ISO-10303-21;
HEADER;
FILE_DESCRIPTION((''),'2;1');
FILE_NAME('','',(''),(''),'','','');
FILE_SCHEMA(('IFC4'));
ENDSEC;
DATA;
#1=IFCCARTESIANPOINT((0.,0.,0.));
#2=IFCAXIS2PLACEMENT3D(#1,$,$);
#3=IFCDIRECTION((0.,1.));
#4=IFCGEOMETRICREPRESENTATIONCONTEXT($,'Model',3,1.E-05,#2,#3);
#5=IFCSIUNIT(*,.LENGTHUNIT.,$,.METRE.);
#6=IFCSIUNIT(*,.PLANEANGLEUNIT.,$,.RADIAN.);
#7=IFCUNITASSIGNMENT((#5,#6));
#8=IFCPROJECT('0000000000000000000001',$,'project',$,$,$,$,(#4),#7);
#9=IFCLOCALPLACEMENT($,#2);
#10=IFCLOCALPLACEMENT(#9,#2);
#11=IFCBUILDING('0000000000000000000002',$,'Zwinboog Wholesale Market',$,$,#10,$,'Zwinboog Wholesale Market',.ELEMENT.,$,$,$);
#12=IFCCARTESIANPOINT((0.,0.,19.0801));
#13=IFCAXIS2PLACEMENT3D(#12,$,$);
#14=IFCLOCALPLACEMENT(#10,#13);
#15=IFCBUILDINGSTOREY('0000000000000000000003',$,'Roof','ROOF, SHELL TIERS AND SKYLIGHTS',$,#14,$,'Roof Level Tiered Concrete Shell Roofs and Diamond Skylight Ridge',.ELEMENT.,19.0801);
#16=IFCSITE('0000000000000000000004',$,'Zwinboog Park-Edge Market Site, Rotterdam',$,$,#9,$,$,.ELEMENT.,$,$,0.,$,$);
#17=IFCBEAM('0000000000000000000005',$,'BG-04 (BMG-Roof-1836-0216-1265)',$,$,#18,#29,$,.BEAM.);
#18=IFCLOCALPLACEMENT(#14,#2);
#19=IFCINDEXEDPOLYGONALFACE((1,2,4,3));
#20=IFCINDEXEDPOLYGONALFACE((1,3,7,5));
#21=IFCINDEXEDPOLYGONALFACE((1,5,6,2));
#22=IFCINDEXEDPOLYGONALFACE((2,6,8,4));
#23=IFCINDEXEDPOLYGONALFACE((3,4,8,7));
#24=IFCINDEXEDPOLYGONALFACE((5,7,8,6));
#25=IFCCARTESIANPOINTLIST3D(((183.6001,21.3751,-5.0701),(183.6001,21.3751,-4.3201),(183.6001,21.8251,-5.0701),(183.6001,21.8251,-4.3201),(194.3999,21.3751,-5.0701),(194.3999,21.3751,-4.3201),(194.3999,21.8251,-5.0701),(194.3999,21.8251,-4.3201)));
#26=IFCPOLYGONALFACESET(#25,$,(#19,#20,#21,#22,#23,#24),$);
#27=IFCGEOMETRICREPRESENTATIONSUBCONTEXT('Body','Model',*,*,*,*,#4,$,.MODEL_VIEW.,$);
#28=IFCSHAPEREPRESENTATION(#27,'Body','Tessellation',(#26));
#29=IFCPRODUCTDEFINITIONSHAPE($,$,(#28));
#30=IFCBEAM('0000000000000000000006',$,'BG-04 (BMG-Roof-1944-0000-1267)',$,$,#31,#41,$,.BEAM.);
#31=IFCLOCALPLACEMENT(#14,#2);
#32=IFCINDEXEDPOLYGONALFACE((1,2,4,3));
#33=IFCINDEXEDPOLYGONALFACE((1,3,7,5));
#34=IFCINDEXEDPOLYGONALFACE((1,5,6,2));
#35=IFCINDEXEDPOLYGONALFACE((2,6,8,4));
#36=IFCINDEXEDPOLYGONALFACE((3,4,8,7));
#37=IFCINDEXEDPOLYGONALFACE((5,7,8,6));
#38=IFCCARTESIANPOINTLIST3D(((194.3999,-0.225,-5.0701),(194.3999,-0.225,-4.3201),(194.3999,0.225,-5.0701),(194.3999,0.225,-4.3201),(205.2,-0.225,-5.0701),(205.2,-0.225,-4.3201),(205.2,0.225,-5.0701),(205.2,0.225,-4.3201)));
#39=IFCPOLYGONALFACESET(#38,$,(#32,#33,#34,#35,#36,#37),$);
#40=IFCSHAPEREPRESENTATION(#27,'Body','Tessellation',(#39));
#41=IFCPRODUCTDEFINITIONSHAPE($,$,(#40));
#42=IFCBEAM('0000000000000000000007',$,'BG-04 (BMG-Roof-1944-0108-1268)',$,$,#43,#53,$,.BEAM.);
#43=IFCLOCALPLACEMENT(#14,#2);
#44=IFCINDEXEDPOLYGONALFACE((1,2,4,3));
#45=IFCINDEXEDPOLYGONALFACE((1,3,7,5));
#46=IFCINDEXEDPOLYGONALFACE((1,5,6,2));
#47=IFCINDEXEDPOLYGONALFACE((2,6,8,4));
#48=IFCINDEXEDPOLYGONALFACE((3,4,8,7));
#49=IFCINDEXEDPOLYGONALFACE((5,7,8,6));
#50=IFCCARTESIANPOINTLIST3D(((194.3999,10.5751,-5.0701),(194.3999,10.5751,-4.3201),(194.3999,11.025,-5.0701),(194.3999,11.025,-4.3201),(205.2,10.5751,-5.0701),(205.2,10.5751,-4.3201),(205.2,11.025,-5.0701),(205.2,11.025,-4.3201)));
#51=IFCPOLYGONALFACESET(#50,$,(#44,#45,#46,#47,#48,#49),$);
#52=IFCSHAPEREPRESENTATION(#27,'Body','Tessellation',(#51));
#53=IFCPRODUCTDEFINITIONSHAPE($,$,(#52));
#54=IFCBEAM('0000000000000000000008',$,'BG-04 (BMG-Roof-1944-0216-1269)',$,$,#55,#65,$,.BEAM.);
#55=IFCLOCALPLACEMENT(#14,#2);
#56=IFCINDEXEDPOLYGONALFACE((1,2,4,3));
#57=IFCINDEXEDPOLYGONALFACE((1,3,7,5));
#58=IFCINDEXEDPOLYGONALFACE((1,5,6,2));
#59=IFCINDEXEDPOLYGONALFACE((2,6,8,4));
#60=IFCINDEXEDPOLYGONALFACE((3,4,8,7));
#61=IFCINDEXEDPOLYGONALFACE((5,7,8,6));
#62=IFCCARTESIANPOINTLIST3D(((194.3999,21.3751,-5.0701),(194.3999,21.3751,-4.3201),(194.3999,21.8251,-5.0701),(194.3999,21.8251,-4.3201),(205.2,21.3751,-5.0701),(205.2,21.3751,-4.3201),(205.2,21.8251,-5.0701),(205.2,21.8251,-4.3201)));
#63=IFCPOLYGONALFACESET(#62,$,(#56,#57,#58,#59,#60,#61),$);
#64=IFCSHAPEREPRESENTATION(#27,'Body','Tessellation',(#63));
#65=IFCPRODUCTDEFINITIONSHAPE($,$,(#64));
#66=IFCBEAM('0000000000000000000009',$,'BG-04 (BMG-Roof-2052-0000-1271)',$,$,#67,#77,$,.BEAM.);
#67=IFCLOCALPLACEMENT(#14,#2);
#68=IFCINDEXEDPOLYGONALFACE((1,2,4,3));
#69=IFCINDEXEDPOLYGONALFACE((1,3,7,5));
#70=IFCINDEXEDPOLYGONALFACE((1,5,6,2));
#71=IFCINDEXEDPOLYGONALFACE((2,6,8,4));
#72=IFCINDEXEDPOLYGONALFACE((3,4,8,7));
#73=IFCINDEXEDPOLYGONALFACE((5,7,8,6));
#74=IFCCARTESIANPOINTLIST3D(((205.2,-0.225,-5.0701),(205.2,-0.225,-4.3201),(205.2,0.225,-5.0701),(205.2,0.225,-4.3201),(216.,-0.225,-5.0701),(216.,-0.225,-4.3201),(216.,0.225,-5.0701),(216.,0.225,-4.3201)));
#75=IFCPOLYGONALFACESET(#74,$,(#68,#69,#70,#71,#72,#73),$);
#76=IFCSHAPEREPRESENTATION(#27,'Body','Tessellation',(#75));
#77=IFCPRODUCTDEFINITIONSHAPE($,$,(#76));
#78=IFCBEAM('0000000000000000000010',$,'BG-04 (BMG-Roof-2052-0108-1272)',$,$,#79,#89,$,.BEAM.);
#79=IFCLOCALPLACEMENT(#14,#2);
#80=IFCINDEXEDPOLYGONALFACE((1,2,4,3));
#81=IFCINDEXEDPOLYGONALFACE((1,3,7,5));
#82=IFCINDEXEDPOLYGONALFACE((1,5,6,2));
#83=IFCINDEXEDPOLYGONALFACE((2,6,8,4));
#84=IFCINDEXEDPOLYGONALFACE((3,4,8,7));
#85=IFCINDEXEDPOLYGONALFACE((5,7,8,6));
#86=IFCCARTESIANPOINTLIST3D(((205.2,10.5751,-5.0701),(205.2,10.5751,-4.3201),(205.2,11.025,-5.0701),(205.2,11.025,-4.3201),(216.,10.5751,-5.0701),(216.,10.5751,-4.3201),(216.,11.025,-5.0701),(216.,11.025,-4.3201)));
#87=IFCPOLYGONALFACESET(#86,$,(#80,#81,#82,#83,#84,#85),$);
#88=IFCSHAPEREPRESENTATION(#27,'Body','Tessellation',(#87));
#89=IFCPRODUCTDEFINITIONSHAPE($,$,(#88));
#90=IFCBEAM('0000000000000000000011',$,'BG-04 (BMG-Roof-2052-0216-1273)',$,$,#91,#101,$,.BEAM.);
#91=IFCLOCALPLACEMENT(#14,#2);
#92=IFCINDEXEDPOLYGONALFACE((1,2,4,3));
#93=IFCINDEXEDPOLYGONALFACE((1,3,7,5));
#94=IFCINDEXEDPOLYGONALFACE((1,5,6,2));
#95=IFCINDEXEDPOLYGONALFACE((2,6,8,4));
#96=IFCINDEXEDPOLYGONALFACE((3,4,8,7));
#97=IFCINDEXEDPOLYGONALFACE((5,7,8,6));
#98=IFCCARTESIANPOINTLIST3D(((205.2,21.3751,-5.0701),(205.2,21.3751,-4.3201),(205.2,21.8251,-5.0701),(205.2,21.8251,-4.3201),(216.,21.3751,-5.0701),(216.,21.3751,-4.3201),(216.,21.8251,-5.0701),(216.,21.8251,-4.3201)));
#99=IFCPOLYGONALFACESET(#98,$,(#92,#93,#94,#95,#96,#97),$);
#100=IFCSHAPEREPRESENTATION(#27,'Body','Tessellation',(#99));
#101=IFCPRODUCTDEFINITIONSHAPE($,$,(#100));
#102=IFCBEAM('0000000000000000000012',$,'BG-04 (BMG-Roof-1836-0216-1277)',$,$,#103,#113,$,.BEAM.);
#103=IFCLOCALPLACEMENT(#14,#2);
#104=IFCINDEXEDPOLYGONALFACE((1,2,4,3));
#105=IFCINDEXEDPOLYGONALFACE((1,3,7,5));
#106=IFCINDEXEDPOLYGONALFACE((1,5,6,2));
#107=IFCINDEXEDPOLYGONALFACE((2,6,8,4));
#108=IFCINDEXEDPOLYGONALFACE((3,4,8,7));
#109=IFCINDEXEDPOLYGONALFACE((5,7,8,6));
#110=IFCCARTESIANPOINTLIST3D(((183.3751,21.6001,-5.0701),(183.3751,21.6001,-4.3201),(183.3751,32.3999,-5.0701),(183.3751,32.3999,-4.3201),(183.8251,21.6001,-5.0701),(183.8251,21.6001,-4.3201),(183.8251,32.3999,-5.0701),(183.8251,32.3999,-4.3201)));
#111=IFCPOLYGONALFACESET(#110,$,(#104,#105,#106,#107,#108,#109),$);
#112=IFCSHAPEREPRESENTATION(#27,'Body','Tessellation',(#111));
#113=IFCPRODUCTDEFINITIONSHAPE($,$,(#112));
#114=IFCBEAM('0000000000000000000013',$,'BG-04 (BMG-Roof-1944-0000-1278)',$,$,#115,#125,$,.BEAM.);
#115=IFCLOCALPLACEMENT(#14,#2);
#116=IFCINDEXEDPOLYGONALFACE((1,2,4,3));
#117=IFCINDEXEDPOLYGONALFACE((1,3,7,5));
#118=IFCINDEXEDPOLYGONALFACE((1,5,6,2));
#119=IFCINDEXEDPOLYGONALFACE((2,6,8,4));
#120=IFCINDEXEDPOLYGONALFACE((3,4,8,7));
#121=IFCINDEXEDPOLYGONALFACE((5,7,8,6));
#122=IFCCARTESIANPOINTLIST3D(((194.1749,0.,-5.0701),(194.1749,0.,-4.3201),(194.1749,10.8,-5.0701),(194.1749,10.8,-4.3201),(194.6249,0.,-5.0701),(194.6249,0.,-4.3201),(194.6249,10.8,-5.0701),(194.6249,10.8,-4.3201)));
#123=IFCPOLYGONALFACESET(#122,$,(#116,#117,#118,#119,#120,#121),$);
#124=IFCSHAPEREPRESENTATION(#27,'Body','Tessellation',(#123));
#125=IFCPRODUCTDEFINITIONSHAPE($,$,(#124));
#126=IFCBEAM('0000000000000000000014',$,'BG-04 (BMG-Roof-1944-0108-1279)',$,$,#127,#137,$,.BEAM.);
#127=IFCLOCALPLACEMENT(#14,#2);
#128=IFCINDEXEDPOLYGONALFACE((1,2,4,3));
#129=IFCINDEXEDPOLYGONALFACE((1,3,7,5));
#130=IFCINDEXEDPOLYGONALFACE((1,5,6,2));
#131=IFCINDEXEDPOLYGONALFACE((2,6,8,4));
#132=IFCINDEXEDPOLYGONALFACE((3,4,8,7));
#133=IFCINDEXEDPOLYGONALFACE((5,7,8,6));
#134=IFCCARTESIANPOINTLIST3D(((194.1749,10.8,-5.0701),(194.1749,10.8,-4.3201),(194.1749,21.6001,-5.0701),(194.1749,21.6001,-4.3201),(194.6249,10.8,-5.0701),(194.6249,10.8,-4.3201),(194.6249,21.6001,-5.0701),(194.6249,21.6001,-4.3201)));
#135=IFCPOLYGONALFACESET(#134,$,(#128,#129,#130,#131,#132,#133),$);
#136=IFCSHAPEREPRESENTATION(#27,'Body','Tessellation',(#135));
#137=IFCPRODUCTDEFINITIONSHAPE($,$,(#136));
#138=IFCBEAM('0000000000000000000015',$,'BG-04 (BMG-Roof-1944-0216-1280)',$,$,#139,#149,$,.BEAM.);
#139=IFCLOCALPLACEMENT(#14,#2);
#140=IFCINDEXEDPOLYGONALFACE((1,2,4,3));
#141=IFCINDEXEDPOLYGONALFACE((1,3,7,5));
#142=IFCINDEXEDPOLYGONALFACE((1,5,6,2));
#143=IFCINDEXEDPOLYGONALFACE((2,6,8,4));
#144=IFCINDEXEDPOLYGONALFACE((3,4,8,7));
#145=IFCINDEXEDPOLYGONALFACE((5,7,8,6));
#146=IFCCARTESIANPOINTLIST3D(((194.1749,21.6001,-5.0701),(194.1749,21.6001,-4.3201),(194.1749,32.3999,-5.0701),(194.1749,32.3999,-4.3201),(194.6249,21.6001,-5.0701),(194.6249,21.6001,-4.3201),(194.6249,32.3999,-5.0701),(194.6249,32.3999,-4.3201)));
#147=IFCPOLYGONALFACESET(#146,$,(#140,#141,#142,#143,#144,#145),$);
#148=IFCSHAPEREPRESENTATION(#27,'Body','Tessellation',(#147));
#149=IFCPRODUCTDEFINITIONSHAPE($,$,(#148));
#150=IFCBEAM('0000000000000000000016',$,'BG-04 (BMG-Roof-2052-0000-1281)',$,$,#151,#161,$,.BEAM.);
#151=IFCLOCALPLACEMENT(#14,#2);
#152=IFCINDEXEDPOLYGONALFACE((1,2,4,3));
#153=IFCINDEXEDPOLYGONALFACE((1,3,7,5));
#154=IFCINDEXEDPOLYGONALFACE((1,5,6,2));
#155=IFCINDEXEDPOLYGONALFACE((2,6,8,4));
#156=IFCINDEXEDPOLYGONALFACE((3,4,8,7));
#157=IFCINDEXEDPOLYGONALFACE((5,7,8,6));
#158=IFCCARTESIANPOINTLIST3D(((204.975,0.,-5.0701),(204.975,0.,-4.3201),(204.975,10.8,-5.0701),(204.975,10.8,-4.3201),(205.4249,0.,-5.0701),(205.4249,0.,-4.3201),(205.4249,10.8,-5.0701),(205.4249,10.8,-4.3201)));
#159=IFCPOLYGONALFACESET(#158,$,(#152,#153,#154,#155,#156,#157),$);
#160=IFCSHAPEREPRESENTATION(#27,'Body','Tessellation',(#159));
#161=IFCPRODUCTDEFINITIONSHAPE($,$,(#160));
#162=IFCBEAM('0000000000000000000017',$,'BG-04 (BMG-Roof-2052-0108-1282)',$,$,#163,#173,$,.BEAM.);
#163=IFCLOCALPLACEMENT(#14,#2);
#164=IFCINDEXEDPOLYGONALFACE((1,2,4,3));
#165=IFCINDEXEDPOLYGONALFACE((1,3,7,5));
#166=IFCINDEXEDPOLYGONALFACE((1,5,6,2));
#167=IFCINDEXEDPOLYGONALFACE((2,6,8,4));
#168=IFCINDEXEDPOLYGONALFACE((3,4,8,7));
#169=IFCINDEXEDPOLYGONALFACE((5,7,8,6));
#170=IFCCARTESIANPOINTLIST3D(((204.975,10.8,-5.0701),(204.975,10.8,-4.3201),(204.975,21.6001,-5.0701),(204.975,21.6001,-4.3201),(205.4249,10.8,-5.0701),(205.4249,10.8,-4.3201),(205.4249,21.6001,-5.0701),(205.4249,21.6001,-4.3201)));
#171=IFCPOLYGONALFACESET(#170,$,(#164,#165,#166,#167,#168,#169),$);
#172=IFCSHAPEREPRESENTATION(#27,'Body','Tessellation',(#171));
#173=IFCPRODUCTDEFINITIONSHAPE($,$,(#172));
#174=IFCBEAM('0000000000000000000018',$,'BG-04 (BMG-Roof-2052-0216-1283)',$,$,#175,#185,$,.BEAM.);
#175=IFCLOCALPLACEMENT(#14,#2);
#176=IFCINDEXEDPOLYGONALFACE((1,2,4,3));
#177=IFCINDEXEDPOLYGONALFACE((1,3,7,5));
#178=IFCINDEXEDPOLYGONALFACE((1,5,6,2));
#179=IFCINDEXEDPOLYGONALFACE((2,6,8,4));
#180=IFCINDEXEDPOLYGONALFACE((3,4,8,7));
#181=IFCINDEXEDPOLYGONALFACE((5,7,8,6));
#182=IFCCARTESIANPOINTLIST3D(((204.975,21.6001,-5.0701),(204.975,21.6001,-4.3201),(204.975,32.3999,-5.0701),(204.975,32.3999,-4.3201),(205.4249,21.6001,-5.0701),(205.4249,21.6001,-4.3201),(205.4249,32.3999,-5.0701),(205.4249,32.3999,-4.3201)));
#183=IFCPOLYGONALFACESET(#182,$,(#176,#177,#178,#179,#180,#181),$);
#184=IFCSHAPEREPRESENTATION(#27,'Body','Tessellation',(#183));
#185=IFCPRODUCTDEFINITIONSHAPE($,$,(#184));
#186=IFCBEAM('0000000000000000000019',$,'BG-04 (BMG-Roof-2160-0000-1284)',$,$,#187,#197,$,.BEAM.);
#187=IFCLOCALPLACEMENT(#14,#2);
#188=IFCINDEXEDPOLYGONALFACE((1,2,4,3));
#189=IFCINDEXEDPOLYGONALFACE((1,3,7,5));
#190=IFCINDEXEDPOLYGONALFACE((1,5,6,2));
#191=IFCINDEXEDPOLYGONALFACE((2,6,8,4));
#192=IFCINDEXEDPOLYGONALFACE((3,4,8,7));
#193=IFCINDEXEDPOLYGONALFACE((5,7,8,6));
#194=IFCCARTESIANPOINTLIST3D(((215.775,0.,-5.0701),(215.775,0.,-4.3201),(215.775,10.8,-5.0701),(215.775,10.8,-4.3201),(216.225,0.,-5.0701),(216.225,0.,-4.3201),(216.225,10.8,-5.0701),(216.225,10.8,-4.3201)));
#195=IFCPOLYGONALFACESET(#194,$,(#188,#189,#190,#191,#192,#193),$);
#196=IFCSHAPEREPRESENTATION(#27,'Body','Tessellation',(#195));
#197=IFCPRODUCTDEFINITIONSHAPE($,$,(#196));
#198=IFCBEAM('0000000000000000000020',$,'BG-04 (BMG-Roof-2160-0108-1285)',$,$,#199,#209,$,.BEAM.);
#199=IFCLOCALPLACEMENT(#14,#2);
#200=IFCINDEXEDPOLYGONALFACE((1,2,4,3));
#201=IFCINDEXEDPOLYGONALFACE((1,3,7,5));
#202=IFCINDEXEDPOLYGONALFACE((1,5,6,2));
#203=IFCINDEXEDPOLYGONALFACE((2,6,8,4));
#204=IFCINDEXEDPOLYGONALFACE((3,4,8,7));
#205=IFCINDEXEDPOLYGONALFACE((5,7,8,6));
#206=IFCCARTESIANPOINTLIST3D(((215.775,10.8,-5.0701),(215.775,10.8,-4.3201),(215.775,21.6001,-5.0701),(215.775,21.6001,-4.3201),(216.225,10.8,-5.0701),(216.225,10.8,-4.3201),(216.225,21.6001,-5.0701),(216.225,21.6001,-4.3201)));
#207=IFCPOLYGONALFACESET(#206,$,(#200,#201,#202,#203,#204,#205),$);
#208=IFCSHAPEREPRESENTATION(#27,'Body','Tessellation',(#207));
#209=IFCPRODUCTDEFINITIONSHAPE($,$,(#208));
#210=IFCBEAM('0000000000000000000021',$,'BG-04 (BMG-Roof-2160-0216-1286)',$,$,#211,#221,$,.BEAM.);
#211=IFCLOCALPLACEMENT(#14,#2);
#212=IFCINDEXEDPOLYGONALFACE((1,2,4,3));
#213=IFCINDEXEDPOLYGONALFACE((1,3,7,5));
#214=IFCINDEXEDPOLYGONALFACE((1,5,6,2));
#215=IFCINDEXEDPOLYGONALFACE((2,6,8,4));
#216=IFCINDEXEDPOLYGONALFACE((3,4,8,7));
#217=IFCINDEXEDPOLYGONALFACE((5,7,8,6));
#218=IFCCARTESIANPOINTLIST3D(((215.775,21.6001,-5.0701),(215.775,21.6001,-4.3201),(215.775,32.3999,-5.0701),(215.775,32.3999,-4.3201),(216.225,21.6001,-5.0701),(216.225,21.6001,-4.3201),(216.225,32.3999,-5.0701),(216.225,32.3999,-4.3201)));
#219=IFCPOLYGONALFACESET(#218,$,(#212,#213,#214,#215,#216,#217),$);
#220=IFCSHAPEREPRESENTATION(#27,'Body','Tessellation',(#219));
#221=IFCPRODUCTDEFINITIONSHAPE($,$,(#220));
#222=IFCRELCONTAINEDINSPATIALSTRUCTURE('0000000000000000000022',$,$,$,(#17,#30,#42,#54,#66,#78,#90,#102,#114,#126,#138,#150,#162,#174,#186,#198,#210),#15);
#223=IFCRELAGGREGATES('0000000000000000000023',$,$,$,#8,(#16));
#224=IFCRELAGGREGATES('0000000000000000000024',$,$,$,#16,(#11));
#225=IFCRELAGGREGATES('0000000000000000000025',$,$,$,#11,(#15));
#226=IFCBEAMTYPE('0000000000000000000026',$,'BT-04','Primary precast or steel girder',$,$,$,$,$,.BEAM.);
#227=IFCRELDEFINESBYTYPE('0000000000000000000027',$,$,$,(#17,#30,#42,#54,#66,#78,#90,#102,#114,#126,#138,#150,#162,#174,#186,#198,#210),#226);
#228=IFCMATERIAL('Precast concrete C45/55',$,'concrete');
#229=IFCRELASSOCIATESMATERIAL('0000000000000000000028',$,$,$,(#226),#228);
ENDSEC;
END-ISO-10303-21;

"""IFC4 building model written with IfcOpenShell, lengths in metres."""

from ifc_helpers import new_model, si_unit, direction, frame, origin, origin_2d, place, context, subcontext, project, spatial, rectangle, extrude, material, material_profile, profile_set, type_object, element, save


model = new_model("IFC4")

# Units and contexts
model_context = context("Model", 3, precision=1e-05, world=origin(), true_north=direction((0.0, 1.0)))
body_context = subcontext(model_context, "Body", "Model", "MODEL_VIEW")
ifc_project = project(units=[si_unit("LENGTHUNIT", "METRE"), si_unit("PLANEANGLEUNIT", "RADIAN")], contexts=[model_context])

# Site, building, storey
site_placement = place(None, origin())
site = spatial("IfcSite", under=ifc_project, at=site_placement, Name="Zwinboog Park-Edge Market Site, Rotterdam", CompositionType="ELEMENT", RefElevation=0.0)
building_placement = place(site_placement, origin())
building = spatial("IfcBuilding", under=site, at=building_placement, Name="Zwinboog Wholesale Market", LongName="Zwinboog Wholesale Market", CompositionType="ELEMENT")
storey_placement = place(building_placement, frame((0.0, 0.0, 19.0801)))
storey = spatial("IfcBuildingStorey", under=building, at=storey_placement, Name="Roof", Description="ROOF, SHELL TIERS AND SKYLIGHTS", LongName="Roof Level Tiered Concrete Shell Roofs and Diamond Skylight Ridge", CompositionType="ELEMENT", Elevation=19.0801)

# Beams
ifc_material_1 = material(Name="Precast concrete C45/55", Category="concrete")
ifc_material_profile_1 = material_profile(ifc_material_1, rectangle(XDim=0.45, YDim=0.75, at=origin_2d()), Name="PC 450x750")
ifc_profile_set_1 = profile_set([ifc_material_profile_1], Name="Precast concrete C45/55")
beam_type_1 = type_object("IfcBeamType", Name="BT-04", Description="Primary precast or steel girder", PredefinedType="BEAM", material=ifc_profile_set_1)
beam_1_placement = place(storey_placement, frame((183.6001, 21.6001, -4.6951), z_axis=(1.0, 0.0, 0.0), x_axis=(0.0, 1.0, 0.0)))
element("IfcBeam", 1, at=beam_1_placement, inside=storey, type_object=beam_type_1, Name="BG-04 (BMG-Roof-1836-0216-1265)", PredefinedType="BEAM", context=body_context, shape_type="SweptSolid", body=[
    extrude(rectangle(XDim=0.45, YDim=0.75, at=origin_2d()), origin(), (0.0, 0.0, 1.0), 10.7998),
])
for number, where, z_axis, x_axis, name in (
    (2, (194.3999, 0.0, -4.6951), (1.0, 0.0, 0.0), (0.0, 1.0, 0.0), "BG-04 (BMG-Roof-1944-0000-1267)"),
    (3, (194.3999, 10.8, -4.6951), (1.0, 0.0, 0.0), (0.0, 1.0, 0.0), "BG-04 (BMG-Roof-1944-0108-1268)"),
    (4, (194.3999, 21.6001, -4.6951), (1.0, 0.0, 0.0), (0.0, 1.0, 0.0), "BG-04 (BMG-Roof-1944-0216-1269)"),
    (5, (205.2, 0.0, -4.6951), (1.0, 0.0, 0.0), (0.0, 1.0, 0.0), "BG-04 (BMG-Roof-2052-0000-1271)"),
    (6, (205.2, 10.8, -4.6951), (1.0, 0.0, 0.0), (0.0, 1.0, 0.0), "BG-04 (BMG-Roof-2052-0108-1272)"),
    (7, (205.2, 21.6001, -4.6951), (1.0, 0.0, 0.0), (0.0, 1.0, 0.0), "BG-04 (BMG-Roof-2052-0216-1273)"),
):
    element("IfcBeam", number, at=place(storey_placement, frame(where, z_axis=z_axis, x_axis=x_axis)), inside=storey, type_object=beam_type_1, Name=name, PredefinedType="BEAM", context=body_context, shape_type="SweptSolid", body=[
        extrude(rectangle(XDim=0.45, YDim=0.75, at=origin_2d()), origin(), (0.0, 0.0, 1.0), 10.8),
    ])
beam_2_placement = place(storey_placement, frame((183.6001, 21.6001, -4.6951), z_axis=(0.0, 1.0, 0.0), x_axis=(-1.0, 0.0, 0.0)))
element("IfcBeam", 8, at=beam_2_placement, inside=storey, type_object=beam_type_1, Name="BG-04 (BMG-Roof-1836-0216-1277)", PredefinedType="BEAM", context=body_context, shape_type="SweptSolid", body=[
    extrude(rectangle(XDim=0.45, YDim=0.75, at=origin_2d()), origin(), (0.0, 0.0, 1.0), 10.7998),
])
for number, where, z_axis, x_axis, name in (
    (9, (194.3999, 0.0, -4.6951), (0.0, 1.0, 0.0), (-1.0, 0.0, 0.0), "BG-04 (BMG-Roof-1944-0000-1278)"),
    (10, (194.3999, 10.8, -4.6951), (0.0, 1.0, 0.0), (-1.0, 0.0, 0.0), "BG-04 (BMG-Roof-1944-0108-1279)"),
):
    element("IfcBeam", number, at=place(storey_placement, frame(where, z_axis=z_axis, x_axis=x_axis)), inside=storey, type_object=beam_type_1, Name=name, PredefinedType="BEAM", context=body_context, shape_type="SweptSolid", body=[
        extrude(rectangle(XDim=0.45, YDim=0.75, at=origin_2d()), origin(), (0.0, 0.0, 1.0), 10.8),
    ])
beam_3_placement = place(storey_placement, frame((194.3999, 21.6001, -4.6951), z_axis=(0.0, 1.0, 0.0), x_axis=(-1.0, 0.0, 0.0)))
element("IfcBeam", 11, at=beam_3_placement, inside=storey, type_object=beam_type_1, Name="BG-04 (BMG-Roof-1944-0216-1280)", PredefinedType="BEAM", context=body_context, shape_type="SweptSolid", body=[
    extrude(rectangle(XDim=0.45, YDim=0.75, at=origin_2d()), origin(), (0.0, 0.0, 1.0), 10.7998),
])
for number, where, z_axis, x_axis, name in (
    (12, (205.2, 0.0, -4.6951), (0.0, 1.0, 0.0), (-1.0, 0.0, 0.0), "BG-04 (BMG-Roof-2052-0000-1281)"),
    (13, (205.2, 10.8, -4.6951), (0.0, 1.0, 0.0), (-1.0, 0.0, 0.0), "BG-04 (BMG-Roof-2052-0108-1282)"),
):
    element("IfcBeam", number, at=place(storey_placement, frame(where, z_axis=z_axis, x_axis=x_axis)), inside=storey, type_object=beam_type_1, Name=name, PredefinedType="BEAM", context=body_context, shape_type="SweptSolid", body=[
        extrude(rectangle(XDim=0.45, YDim=0.75, at=origin_2d()), origin(), (0.0, 0.0, 1.0), 10.8),
    ])
beam_4_placement = place(storey_placement, frame((205.2, 21.6001, -4.6951), z_axis=(0.0, 1.0, 0.0), x_axis=(-1.0, 0.0, 0.0)))
element("IfcBeam", 14, at=beam_4_placement, inside=storey, type_object=beam_type_1, Name="BG-04 (BMG-Roof-2052-0216-1283)", PredefinedType="BEAM", context=body_context, shape_type="SweptSolid", body=[
    extrude(rectangle(XDim=0.45, YDim=0.75, at=origin_2d()), origin(), (0.0, 0.0, 1.0), 10.7998),
])
for number, where, z_axis, x_axis, name in (
    (15, (216.0, 0.0, -4.6951), (0.0, 1.0, 0.0), (-1.0, 0.0, 0.0), "BG-04 (BMG-Roof-2160-0000-1284)"),
    (16, (216.0, 10.8, -4.6951), (0.0, 1.0, 0.0), (-1.0, 0.0, 0.0), "BG-04 (BMG-Roof-2160-0108-1285)"),
):
    element("IfcBeam", number, at=place(storey_placement, frame(where, z_axis=z_axis, x_axis=x_axis)), inside=storey, type_object=beam_type_1, Name=name, PredefinedType="BEAM", context=body_context, shape_type="SweptSolid", body=[
        extrude(rectangle(XDim=0.45, YDim=0.75, at=origin_2d()), origin(), (0.0, 0.0, 1.0), 10.8),
    ])
beam_5_placement = place(storey_placement, frame((216.0, 21.6001, -4.6951), z_axis=(0.0, 1.0, 0.0), x_axis=(-1.0, 0.0, 0.0)))
element("IfcBeam", 17, at=beam_5_placement, inside=storey, type_object=beam_type_1, Name="BG-04 (BMG-Roof-2160-0216-1286)", PredefinedType="BEAM", context=body_context, shape_type="SweptSolid", body=[
    extrude(rectangle(XDim=0.45, YDim=0.75, at=origin_2d()), origin(), (0.0, 0.0, 1.0), 10.7998),
])

save(model, "model.ifc")
